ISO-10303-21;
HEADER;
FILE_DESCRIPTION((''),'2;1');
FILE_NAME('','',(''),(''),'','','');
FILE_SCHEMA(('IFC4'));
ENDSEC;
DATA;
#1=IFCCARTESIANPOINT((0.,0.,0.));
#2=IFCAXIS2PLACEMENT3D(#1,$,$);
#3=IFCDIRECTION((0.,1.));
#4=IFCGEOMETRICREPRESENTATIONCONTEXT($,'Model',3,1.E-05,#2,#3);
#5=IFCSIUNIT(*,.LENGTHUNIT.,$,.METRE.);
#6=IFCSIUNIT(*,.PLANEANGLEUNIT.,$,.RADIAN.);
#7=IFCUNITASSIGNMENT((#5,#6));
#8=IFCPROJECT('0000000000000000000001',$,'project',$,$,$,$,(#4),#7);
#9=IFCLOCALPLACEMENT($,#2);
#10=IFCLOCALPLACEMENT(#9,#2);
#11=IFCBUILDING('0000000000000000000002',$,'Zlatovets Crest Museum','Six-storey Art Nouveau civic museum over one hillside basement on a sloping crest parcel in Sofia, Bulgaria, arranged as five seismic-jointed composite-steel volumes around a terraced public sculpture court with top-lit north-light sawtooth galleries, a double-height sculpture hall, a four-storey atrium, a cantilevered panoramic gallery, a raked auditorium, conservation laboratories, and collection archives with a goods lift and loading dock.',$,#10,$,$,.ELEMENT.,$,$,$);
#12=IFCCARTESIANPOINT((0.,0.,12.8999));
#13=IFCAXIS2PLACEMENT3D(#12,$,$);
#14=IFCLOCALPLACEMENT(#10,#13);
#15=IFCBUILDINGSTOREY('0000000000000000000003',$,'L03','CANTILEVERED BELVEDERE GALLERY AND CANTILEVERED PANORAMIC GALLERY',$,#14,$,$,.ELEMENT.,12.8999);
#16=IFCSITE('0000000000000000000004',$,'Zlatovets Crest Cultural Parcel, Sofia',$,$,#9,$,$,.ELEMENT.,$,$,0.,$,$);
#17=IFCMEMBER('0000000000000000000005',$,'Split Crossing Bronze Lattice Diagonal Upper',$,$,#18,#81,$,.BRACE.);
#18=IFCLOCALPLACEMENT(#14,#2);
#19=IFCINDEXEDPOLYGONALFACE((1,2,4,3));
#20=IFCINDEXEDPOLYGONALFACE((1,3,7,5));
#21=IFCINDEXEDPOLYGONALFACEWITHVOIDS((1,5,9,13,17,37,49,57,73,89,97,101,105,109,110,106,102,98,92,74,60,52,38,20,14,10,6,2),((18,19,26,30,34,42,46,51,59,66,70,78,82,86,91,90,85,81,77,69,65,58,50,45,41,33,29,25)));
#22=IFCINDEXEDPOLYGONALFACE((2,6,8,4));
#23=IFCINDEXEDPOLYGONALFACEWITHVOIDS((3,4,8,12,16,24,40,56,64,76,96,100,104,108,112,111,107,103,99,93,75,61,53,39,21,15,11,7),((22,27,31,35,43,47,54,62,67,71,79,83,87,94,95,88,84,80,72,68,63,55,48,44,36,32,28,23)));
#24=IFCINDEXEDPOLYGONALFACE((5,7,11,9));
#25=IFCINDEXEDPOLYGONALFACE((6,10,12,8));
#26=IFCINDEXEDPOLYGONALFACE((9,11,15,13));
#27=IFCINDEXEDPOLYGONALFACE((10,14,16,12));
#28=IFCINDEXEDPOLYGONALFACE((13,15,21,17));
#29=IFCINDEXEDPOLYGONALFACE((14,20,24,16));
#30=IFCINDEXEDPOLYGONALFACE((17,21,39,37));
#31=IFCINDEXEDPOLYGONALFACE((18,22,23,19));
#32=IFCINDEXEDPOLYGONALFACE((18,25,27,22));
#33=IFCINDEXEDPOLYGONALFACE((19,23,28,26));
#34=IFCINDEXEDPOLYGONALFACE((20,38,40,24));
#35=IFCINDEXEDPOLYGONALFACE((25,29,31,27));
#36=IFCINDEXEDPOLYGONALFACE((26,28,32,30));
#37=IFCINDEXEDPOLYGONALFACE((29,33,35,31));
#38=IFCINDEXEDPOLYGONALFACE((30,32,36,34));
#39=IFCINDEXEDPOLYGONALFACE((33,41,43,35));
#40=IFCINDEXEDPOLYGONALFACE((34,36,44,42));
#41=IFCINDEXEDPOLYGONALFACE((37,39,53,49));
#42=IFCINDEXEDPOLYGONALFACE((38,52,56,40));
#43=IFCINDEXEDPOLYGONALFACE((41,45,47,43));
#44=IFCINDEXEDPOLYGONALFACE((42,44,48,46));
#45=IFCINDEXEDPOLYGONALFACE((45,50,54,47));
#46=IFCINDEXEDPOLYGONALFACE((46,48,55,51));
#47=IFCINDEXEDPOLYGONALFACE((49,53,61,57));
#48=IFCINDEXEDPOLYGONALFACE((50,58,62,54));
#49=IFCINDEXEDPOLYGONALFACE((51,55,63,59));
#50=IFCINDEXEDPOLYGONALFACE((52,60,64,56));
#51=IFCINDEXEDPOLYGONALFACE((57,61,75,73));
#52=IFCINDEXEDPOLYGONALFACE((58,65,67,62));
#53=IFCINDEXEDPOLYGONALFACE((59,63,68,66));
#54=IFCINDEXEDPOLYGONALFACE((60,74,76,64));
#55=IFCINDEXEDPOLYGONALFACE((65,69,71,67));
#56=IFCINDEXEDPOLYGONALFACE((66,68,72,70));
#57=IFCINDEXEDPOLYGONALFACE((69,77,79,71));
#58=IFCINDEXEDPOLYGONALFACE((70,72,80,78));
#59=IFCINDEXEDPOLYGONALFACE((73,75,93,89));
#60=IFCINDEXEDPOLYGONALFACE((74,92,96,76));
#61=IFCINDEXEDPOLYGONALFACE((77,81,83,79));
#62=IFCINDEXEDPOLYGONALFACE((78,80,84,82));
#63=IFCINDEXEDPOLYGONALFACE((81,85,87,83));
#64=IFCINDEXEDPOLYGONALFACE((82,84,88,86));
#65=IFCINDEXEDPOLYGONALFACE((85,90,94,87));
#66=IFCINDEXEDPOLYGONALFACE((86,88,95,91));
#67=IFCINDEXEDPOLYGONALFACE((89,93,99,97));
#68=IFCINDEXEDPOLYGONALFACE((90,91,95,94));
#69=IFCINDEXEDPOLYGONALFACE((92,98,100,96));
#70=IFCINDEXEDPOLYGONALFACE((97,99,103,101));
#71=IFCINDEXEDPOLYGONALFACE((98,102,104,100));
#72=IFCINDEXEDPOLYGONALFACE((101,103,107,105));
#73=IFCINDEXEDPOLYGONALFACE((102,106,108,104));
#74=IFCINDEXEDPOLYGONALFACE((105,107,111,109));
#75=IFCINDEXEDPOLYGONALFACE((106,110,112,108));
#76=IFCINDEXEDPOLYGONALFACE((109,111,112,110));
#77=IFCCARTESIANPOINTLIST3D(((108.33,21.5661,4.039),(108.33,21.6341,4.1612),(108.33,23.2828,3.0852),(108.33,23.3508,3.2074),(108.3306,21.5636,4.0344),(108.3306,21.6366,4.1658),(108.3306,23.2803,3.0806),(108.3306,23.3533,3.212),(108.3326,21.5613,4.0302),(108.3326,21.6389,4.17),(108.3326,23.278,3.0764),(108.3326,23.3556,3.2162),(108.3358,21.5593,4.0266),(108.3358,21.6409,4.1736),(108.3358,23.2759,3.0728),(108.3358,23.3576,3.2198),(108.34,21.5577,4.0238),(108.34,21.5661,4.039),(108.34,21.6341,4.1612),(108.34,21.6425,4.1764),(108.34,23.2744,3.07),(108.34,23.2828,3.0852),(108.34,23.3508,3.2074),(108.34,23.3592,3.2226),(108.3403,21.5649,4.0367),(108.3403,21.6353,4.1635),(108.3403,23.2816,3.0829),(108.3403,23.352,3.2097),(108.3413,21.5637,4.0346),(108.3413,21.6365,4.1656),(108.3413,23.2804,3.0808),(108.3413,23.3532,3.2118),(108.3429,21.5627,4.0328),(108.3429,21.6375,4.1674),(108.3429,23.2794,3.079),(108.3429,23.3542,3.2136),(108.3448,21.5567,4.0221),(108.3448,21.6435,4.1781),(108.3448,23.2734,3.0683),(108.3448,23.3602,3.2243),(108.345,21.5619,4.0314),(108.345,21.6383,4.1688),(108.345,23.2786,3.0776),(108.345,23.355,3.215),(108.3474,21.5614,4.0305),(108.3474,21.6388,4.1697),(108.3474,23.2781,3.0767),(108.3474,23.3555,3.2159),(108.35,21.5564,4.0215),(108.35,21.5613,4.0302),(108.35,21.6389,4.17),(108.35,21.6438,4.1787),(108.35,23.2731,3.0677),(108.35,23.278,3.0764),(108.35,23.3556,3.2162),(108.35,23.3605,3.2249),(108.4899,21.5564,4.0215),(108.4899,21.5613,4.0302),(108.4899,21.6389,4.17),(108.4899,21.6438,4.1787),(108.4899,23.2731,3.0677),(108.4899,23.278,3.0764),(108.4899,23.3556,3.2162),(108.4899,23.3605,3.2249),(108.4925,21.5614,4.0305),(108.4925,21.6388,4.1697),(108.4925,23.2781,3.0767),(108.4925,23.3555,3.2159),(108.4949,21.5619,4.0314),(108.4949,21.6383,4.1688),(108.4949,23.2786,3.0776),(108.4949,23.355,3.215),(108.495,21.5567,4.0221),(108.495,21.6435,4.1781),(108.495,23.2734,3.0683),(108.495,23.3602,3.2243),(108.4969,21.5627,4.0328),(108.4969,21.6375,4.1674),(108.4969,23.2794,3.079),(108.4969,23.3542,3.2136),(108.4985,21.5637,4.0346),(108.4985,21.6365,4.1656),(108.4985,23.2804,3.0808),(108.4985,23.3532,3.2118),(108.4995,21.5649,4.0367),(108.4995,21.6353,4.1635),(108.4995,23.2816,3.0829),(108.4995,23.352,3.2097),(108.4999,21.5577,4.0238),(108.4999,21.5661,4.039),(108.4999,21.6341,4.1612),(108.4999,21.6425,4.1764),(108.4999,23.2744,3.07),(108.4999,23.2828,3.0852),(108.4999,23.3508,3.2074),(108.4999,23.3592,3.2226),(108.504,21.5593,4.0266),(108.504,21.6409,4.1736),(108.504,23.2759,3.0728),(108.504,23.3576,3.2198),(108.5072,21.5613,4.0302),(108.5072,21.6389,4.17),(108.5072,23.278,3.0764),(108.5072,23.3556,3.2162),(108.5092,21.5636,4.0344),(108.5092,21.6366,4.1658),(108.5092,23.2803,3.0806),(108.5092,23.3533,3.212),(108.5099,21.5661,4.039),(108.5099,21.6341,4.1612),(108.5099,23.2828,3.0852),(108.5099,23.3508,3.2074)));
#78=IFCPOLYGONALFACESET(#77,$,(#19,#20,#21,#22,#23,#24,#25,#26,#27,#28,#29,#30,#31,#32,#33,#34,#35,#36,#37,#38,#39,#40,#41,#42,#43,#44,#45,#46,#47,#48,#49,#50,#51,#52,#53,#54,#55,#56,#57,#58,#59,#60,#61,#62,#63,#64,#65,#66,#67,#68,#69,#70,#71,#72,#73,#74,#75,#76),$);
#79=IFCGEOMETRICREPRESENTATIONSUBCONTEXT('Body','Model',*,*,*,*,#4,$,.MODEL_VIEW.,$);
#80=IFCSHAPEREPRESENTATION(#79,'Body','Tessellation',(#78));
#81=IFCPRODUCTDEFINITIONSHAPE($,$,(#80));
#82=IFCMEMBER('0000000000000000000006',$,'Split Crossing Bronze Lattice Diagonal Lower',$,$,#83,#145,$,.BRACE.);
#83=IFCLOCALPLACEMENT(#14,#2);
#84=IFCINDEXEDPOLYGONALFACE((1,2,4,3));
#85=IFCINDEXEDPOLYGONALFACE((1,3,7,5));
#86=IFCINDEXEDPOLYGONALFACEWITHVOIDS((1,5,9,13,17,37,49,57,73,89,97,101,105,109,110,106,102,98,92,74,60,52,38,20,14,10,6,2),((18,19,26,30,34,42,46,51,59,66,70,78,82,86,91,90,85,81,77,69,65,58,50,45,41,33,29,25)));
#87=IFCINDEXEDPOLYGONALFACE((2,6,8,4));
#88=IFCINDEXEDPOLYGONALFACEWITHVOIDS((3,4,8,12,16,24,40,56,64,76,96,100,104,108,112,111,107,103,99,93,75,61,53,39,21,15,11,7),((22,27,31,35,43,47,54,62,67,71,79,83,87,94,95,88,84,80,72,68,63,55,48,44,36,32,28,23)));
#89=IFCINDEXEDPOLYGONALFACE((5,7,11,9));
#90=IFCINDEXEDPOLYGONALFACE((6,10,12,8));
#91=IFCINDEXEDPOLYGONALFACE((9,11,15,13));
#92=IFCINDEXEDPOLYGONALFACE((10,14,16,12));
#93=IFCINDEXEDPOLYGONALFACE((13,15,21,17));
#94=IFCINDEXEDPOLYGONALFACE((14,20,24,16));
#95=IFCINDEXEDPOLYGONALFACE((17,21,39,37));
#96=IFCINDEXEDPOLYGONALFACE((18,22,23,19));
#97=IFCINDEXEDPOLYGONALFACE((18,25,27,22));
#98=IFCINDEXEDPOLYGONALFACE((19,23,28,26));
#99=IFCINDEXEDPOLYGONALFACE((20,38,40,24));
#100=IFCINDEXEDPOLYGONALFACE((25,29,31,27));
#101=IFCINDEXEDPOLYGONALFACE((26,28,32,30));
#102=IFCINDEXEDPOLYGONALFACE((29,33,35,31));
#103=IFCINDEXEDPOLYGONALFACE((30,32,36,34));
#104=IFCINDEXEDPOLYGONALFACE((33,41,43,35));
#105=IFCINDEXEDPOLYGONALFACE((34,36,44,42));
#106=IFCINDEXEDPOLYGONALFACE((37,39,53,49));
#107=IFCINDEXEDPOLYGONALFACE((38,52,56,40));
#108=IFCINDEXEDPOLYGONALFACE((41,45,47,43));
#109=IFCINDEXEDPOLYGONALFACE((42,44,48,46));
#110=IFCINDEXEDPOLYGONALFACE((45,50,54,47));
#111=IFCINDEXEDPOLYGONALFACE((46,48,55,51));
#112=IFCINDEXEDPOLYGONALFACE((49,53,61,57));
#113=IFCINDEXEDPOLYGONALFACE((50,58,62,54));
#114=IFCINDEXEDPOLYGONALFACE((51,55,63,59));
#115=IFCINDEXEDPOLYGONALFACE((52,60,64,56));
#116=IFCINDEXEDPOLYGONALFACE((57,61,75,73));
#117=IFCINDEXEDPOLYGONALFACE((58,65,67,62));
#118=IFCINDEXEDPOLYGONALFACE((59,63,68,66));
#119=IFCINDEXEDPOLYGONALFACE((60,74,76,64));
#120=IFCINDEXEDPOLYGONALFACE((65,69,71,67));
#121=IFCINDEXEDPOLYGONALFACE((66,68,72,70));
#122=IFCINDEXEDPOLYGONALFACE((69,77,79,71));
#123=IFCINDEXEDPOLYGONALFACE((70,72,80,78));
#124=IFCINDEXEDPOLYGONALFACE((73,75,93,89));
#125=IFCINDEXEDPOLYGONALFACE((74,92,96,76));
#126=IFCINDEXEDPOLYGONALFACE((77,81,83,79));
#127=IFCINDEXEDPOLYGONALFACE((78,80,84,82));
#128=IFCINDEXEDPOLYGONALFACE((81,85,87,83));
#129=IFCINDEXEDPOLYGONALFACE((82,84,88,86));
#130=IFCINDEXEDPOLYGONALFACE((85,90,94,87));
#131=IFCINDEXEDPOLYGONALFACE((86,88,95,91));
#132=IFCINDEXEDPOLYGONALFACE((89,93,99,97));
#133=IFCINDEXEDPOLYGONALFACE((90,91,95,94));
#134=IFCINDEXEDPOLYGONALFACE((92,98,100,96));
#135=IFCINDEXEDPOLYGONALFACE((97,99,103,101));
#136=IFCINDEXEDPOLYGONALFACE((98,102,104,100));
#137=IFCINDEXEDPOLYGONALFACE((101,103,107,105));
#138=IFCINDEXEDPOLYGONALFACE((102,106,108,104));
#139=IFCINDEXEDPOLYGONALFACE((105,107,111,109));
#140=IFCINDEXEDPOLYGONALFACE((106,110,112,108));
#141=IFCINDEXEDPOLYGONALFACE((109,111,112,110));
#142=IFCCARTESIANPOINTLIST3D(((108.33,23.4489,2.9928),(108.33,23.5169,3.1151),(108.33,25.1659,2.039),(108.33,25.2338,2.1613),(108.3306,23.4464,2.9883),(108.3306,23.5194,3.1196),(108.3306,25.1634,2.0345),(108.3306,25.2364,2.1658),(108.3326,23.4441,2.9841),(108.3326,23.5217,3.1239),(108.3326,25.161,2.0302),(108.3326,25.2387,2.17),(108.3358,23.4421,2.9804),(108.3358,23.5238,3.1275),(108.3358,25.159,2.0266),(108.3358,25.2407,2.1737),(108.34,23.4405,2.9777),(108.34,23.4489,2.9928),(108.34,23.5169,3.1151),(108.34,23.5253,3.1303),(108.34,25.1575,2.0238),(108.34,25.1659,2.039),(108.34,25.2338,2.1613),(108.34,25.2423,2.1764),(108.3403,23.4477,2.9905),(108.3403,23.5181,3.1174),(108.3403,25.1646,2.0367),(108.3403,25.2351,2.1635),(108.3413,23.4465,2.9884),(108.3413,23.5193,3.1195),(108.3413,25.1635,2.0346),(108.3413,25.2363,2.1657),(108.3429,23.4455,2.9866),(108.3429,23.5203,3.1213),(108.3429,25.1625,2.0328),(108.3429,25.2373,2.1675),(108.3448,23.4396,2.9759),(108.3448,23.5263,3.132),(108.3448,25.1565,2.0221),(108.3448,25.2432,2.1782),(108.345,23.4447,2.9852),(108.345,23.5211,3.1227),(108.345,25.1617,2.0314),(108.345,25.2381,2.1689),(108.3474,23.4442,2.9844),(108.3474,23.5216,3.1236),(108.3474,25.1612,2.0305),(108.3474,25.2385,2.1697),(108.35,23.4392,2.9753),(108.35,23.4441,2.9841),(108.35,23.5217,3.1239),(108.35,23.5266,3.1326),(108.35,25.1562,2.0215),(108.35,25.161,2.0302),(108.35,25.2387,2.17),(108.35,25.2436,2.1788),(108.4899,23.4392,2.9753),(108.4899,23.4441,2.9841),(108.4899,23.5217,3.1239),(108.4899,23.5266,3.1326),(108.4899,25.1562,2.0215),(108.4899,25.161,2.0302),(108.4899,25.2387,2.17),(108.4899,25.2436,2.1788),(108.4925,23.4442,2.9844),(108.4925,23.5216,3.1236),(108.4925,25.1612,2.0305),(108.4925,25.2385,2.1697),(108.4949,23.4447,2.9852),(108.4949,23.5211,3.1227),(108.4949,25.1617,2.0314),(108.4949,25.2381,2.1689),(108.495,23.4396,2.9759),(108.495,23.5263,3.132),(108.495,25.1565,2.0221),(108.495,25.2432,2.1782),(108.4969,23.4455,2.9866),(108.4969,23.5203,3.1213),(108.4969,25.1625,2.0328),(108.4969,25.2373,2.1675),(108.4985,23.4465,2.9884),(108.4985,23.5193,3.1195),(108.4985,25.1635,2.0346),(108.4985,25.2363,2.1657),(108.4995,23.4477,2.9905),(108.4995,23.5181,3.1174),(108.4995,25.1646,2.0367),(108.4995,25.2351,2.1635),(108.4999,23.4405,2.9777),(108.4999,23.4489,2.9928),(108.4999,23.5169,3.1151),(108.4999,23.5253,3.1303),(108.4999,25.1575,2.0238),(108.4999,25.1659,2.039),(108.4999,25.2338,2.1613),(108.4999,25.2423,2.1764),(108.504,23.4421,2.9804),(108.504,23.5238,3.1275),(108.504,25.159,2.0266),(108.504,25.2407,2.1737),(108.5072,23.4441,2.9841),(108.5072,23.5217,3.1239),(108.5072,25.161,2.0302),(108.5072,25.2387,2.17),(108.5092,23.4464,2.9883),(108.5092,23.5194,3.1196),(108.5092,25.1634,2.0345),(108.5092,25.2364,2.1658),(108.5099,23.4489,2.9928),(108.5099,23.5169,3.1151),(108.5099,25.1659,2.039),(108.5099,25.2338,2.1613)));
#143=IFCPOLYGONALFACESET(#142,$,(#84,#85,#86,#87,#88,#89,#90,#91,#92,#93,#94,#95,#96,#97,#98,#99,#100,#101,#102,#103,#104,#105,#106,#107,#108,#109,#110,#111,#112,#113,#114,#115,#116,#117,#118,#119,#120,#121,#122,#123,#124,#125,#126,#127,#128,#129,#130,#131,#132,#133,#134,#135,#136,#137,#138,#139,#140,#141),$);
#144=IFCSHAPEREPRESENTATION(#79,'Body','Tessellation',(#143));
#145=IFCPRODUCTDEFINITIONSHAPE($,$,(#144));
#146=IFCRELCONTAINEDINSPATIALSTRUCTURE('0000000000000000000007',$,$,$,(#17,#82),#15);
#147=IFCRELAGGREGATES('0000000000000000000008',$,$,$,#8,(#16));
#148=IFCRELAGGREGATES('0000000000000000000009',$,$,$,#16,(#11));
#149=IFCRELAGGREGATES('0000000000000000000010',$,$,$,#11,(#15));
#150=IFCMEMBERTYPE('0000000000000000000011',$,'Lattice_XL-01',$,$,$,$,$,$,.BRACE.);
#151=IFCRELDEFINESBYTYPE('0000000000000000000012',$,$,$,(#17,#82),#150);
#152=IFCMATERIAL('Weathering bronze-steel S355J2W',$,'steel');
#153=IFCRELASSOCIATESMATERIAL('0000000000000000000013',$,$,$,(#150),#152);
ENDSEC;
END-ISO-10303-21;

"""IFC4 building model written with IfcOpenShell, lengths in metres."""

from ifc_helpers import new_model, si_unit, direction, frame, origin, origin_2d, place, context, subcontext, project, spatial, hollow_rectangle, extrude, material, material_profile, profile_set, type_object, element, save


model = new_model("IFC4")

# Units and contexts
model_context = context("Model", 3, precision=1e-05, world=origin(), true_north=direction((0.0, 1.0)))
body_context = subcontext(model_context, "Body", "Model", "MODEL_VIEW")
ifc_project = project(units=[si_unit("LENGTHUNIT", "METRE"), si_unit("PLANEANGLEUNIT", "RADIAN")], contexts=[model_context])

# Site, building, storey
site_placement = place(None, origin())
site = spatial("IfcSite", under=ifc_project, at=site_placement, Name="Zlatovets Crest Cultural Parcel, Sofia", CompositionType="ELEMENT", RefElevation=0.0)
building_placement = place(site_placement, origin())
building = spatial("IfcBuilding", under=site, at=building_placement, Name="Zlatovets Crest Museum", Description="Six-storey Art Nouveau civic museum over one hillside basement on a sloping crest parcel in Sofia, Bulgaria, arranged as five seismic-jointed composite-steel volumes around a terraced public sculpture court with top-lit north-light sawtooth galleries, a double-height sculpture hall, a four-storey atrium, a cantilevered panoramic gallery, a raked auditorium, conservation laboratories, and collection archives with a goods lift and loading dock.", CompositionType="ELEMENT")
storey_placement = place(building_placement, frame((0.0, 0.0, 12.8999)))
storey = spatial("IfcBuildingStorey", under=building, at=storey_placement, Name="L03", Description="CANTILEVERED BELVEDERE GALLERY AND CANTILEVERED PANORAMIC GALLERY", CompositionType="ELEMENT", Elevation=12.8999)

# Members
ifc_material_1 = material(Name="Weathering bronze-steel S355J2W", Category="steel")
ifc_material_profile_1 = material_profile(ifc_material_1, hollow_rectangle(XDim=0.1799, YDim=0.1799, WallThickness=0.01, InnerFilletRadius=0.01, OuterFilletRadius=0.02, at=origin_2d()), Name="SHS 180x180x10.0")
ifc_profile_set_1 = profile_set([ifc_material_profile_1], Name="Weathering bronze-steel S355J2W")
member_type_1 = type_object("IfcMemberType", Name="Lattice_XL-01", PredefinedType="BRACE", material=ifc_profile_set_1)
member_1_placement = place(storey_placement, frame((108.4199, 21.6001, 4.1001), z_axis=(0.0, 0.87414, -0.485675), x_axis=(-1.0, 0.0, 0.0)))
element("IfcMember", 1, at=member_1_placement, inside=storey, type_object=member_type_1, Name="Split Crossing Bronze Lattice Diagonal Upper", PredefinedType="BRACE", context=body_context, shape_type="SweptSolid", body=[
    extrude(hollow_rectangle(XDim=0.1799, YDim=0.1799, WallThickness=0.01, InnerFilletRadius=0.01, OuterFilletRadius=0.02, at=origin_2d()), origin(), (0.0, 0.0, 1.0), 1.9639),
])
member_2_placement = place(storey_placement, frame((108.4199, 23.4829, 3.054), z_axis=(0.0, 0.874169, -0.485622), x_axis=(-1.0, 0.0, 0.0)))
element("IfcMember", 2, at=member_2_placement, inside=storey, type_object=member_type_1, Name="Split Crossing Bronze Lattice Diagonal Lower", PredefinedType="BRACE", context=body_context, shape_type="SweptSolid", body=[
    extrude(hollow_rectangle(XDim=0.1799, YDim=0.1799, WallThickness=0.01, InnerFilletRadius=0.01, OuterFilletRadius=0.02, at=origin_2d()), origin(), (0.0, 0.0, 1.0), 1.9641),
])

save(model, "model.ifc")
